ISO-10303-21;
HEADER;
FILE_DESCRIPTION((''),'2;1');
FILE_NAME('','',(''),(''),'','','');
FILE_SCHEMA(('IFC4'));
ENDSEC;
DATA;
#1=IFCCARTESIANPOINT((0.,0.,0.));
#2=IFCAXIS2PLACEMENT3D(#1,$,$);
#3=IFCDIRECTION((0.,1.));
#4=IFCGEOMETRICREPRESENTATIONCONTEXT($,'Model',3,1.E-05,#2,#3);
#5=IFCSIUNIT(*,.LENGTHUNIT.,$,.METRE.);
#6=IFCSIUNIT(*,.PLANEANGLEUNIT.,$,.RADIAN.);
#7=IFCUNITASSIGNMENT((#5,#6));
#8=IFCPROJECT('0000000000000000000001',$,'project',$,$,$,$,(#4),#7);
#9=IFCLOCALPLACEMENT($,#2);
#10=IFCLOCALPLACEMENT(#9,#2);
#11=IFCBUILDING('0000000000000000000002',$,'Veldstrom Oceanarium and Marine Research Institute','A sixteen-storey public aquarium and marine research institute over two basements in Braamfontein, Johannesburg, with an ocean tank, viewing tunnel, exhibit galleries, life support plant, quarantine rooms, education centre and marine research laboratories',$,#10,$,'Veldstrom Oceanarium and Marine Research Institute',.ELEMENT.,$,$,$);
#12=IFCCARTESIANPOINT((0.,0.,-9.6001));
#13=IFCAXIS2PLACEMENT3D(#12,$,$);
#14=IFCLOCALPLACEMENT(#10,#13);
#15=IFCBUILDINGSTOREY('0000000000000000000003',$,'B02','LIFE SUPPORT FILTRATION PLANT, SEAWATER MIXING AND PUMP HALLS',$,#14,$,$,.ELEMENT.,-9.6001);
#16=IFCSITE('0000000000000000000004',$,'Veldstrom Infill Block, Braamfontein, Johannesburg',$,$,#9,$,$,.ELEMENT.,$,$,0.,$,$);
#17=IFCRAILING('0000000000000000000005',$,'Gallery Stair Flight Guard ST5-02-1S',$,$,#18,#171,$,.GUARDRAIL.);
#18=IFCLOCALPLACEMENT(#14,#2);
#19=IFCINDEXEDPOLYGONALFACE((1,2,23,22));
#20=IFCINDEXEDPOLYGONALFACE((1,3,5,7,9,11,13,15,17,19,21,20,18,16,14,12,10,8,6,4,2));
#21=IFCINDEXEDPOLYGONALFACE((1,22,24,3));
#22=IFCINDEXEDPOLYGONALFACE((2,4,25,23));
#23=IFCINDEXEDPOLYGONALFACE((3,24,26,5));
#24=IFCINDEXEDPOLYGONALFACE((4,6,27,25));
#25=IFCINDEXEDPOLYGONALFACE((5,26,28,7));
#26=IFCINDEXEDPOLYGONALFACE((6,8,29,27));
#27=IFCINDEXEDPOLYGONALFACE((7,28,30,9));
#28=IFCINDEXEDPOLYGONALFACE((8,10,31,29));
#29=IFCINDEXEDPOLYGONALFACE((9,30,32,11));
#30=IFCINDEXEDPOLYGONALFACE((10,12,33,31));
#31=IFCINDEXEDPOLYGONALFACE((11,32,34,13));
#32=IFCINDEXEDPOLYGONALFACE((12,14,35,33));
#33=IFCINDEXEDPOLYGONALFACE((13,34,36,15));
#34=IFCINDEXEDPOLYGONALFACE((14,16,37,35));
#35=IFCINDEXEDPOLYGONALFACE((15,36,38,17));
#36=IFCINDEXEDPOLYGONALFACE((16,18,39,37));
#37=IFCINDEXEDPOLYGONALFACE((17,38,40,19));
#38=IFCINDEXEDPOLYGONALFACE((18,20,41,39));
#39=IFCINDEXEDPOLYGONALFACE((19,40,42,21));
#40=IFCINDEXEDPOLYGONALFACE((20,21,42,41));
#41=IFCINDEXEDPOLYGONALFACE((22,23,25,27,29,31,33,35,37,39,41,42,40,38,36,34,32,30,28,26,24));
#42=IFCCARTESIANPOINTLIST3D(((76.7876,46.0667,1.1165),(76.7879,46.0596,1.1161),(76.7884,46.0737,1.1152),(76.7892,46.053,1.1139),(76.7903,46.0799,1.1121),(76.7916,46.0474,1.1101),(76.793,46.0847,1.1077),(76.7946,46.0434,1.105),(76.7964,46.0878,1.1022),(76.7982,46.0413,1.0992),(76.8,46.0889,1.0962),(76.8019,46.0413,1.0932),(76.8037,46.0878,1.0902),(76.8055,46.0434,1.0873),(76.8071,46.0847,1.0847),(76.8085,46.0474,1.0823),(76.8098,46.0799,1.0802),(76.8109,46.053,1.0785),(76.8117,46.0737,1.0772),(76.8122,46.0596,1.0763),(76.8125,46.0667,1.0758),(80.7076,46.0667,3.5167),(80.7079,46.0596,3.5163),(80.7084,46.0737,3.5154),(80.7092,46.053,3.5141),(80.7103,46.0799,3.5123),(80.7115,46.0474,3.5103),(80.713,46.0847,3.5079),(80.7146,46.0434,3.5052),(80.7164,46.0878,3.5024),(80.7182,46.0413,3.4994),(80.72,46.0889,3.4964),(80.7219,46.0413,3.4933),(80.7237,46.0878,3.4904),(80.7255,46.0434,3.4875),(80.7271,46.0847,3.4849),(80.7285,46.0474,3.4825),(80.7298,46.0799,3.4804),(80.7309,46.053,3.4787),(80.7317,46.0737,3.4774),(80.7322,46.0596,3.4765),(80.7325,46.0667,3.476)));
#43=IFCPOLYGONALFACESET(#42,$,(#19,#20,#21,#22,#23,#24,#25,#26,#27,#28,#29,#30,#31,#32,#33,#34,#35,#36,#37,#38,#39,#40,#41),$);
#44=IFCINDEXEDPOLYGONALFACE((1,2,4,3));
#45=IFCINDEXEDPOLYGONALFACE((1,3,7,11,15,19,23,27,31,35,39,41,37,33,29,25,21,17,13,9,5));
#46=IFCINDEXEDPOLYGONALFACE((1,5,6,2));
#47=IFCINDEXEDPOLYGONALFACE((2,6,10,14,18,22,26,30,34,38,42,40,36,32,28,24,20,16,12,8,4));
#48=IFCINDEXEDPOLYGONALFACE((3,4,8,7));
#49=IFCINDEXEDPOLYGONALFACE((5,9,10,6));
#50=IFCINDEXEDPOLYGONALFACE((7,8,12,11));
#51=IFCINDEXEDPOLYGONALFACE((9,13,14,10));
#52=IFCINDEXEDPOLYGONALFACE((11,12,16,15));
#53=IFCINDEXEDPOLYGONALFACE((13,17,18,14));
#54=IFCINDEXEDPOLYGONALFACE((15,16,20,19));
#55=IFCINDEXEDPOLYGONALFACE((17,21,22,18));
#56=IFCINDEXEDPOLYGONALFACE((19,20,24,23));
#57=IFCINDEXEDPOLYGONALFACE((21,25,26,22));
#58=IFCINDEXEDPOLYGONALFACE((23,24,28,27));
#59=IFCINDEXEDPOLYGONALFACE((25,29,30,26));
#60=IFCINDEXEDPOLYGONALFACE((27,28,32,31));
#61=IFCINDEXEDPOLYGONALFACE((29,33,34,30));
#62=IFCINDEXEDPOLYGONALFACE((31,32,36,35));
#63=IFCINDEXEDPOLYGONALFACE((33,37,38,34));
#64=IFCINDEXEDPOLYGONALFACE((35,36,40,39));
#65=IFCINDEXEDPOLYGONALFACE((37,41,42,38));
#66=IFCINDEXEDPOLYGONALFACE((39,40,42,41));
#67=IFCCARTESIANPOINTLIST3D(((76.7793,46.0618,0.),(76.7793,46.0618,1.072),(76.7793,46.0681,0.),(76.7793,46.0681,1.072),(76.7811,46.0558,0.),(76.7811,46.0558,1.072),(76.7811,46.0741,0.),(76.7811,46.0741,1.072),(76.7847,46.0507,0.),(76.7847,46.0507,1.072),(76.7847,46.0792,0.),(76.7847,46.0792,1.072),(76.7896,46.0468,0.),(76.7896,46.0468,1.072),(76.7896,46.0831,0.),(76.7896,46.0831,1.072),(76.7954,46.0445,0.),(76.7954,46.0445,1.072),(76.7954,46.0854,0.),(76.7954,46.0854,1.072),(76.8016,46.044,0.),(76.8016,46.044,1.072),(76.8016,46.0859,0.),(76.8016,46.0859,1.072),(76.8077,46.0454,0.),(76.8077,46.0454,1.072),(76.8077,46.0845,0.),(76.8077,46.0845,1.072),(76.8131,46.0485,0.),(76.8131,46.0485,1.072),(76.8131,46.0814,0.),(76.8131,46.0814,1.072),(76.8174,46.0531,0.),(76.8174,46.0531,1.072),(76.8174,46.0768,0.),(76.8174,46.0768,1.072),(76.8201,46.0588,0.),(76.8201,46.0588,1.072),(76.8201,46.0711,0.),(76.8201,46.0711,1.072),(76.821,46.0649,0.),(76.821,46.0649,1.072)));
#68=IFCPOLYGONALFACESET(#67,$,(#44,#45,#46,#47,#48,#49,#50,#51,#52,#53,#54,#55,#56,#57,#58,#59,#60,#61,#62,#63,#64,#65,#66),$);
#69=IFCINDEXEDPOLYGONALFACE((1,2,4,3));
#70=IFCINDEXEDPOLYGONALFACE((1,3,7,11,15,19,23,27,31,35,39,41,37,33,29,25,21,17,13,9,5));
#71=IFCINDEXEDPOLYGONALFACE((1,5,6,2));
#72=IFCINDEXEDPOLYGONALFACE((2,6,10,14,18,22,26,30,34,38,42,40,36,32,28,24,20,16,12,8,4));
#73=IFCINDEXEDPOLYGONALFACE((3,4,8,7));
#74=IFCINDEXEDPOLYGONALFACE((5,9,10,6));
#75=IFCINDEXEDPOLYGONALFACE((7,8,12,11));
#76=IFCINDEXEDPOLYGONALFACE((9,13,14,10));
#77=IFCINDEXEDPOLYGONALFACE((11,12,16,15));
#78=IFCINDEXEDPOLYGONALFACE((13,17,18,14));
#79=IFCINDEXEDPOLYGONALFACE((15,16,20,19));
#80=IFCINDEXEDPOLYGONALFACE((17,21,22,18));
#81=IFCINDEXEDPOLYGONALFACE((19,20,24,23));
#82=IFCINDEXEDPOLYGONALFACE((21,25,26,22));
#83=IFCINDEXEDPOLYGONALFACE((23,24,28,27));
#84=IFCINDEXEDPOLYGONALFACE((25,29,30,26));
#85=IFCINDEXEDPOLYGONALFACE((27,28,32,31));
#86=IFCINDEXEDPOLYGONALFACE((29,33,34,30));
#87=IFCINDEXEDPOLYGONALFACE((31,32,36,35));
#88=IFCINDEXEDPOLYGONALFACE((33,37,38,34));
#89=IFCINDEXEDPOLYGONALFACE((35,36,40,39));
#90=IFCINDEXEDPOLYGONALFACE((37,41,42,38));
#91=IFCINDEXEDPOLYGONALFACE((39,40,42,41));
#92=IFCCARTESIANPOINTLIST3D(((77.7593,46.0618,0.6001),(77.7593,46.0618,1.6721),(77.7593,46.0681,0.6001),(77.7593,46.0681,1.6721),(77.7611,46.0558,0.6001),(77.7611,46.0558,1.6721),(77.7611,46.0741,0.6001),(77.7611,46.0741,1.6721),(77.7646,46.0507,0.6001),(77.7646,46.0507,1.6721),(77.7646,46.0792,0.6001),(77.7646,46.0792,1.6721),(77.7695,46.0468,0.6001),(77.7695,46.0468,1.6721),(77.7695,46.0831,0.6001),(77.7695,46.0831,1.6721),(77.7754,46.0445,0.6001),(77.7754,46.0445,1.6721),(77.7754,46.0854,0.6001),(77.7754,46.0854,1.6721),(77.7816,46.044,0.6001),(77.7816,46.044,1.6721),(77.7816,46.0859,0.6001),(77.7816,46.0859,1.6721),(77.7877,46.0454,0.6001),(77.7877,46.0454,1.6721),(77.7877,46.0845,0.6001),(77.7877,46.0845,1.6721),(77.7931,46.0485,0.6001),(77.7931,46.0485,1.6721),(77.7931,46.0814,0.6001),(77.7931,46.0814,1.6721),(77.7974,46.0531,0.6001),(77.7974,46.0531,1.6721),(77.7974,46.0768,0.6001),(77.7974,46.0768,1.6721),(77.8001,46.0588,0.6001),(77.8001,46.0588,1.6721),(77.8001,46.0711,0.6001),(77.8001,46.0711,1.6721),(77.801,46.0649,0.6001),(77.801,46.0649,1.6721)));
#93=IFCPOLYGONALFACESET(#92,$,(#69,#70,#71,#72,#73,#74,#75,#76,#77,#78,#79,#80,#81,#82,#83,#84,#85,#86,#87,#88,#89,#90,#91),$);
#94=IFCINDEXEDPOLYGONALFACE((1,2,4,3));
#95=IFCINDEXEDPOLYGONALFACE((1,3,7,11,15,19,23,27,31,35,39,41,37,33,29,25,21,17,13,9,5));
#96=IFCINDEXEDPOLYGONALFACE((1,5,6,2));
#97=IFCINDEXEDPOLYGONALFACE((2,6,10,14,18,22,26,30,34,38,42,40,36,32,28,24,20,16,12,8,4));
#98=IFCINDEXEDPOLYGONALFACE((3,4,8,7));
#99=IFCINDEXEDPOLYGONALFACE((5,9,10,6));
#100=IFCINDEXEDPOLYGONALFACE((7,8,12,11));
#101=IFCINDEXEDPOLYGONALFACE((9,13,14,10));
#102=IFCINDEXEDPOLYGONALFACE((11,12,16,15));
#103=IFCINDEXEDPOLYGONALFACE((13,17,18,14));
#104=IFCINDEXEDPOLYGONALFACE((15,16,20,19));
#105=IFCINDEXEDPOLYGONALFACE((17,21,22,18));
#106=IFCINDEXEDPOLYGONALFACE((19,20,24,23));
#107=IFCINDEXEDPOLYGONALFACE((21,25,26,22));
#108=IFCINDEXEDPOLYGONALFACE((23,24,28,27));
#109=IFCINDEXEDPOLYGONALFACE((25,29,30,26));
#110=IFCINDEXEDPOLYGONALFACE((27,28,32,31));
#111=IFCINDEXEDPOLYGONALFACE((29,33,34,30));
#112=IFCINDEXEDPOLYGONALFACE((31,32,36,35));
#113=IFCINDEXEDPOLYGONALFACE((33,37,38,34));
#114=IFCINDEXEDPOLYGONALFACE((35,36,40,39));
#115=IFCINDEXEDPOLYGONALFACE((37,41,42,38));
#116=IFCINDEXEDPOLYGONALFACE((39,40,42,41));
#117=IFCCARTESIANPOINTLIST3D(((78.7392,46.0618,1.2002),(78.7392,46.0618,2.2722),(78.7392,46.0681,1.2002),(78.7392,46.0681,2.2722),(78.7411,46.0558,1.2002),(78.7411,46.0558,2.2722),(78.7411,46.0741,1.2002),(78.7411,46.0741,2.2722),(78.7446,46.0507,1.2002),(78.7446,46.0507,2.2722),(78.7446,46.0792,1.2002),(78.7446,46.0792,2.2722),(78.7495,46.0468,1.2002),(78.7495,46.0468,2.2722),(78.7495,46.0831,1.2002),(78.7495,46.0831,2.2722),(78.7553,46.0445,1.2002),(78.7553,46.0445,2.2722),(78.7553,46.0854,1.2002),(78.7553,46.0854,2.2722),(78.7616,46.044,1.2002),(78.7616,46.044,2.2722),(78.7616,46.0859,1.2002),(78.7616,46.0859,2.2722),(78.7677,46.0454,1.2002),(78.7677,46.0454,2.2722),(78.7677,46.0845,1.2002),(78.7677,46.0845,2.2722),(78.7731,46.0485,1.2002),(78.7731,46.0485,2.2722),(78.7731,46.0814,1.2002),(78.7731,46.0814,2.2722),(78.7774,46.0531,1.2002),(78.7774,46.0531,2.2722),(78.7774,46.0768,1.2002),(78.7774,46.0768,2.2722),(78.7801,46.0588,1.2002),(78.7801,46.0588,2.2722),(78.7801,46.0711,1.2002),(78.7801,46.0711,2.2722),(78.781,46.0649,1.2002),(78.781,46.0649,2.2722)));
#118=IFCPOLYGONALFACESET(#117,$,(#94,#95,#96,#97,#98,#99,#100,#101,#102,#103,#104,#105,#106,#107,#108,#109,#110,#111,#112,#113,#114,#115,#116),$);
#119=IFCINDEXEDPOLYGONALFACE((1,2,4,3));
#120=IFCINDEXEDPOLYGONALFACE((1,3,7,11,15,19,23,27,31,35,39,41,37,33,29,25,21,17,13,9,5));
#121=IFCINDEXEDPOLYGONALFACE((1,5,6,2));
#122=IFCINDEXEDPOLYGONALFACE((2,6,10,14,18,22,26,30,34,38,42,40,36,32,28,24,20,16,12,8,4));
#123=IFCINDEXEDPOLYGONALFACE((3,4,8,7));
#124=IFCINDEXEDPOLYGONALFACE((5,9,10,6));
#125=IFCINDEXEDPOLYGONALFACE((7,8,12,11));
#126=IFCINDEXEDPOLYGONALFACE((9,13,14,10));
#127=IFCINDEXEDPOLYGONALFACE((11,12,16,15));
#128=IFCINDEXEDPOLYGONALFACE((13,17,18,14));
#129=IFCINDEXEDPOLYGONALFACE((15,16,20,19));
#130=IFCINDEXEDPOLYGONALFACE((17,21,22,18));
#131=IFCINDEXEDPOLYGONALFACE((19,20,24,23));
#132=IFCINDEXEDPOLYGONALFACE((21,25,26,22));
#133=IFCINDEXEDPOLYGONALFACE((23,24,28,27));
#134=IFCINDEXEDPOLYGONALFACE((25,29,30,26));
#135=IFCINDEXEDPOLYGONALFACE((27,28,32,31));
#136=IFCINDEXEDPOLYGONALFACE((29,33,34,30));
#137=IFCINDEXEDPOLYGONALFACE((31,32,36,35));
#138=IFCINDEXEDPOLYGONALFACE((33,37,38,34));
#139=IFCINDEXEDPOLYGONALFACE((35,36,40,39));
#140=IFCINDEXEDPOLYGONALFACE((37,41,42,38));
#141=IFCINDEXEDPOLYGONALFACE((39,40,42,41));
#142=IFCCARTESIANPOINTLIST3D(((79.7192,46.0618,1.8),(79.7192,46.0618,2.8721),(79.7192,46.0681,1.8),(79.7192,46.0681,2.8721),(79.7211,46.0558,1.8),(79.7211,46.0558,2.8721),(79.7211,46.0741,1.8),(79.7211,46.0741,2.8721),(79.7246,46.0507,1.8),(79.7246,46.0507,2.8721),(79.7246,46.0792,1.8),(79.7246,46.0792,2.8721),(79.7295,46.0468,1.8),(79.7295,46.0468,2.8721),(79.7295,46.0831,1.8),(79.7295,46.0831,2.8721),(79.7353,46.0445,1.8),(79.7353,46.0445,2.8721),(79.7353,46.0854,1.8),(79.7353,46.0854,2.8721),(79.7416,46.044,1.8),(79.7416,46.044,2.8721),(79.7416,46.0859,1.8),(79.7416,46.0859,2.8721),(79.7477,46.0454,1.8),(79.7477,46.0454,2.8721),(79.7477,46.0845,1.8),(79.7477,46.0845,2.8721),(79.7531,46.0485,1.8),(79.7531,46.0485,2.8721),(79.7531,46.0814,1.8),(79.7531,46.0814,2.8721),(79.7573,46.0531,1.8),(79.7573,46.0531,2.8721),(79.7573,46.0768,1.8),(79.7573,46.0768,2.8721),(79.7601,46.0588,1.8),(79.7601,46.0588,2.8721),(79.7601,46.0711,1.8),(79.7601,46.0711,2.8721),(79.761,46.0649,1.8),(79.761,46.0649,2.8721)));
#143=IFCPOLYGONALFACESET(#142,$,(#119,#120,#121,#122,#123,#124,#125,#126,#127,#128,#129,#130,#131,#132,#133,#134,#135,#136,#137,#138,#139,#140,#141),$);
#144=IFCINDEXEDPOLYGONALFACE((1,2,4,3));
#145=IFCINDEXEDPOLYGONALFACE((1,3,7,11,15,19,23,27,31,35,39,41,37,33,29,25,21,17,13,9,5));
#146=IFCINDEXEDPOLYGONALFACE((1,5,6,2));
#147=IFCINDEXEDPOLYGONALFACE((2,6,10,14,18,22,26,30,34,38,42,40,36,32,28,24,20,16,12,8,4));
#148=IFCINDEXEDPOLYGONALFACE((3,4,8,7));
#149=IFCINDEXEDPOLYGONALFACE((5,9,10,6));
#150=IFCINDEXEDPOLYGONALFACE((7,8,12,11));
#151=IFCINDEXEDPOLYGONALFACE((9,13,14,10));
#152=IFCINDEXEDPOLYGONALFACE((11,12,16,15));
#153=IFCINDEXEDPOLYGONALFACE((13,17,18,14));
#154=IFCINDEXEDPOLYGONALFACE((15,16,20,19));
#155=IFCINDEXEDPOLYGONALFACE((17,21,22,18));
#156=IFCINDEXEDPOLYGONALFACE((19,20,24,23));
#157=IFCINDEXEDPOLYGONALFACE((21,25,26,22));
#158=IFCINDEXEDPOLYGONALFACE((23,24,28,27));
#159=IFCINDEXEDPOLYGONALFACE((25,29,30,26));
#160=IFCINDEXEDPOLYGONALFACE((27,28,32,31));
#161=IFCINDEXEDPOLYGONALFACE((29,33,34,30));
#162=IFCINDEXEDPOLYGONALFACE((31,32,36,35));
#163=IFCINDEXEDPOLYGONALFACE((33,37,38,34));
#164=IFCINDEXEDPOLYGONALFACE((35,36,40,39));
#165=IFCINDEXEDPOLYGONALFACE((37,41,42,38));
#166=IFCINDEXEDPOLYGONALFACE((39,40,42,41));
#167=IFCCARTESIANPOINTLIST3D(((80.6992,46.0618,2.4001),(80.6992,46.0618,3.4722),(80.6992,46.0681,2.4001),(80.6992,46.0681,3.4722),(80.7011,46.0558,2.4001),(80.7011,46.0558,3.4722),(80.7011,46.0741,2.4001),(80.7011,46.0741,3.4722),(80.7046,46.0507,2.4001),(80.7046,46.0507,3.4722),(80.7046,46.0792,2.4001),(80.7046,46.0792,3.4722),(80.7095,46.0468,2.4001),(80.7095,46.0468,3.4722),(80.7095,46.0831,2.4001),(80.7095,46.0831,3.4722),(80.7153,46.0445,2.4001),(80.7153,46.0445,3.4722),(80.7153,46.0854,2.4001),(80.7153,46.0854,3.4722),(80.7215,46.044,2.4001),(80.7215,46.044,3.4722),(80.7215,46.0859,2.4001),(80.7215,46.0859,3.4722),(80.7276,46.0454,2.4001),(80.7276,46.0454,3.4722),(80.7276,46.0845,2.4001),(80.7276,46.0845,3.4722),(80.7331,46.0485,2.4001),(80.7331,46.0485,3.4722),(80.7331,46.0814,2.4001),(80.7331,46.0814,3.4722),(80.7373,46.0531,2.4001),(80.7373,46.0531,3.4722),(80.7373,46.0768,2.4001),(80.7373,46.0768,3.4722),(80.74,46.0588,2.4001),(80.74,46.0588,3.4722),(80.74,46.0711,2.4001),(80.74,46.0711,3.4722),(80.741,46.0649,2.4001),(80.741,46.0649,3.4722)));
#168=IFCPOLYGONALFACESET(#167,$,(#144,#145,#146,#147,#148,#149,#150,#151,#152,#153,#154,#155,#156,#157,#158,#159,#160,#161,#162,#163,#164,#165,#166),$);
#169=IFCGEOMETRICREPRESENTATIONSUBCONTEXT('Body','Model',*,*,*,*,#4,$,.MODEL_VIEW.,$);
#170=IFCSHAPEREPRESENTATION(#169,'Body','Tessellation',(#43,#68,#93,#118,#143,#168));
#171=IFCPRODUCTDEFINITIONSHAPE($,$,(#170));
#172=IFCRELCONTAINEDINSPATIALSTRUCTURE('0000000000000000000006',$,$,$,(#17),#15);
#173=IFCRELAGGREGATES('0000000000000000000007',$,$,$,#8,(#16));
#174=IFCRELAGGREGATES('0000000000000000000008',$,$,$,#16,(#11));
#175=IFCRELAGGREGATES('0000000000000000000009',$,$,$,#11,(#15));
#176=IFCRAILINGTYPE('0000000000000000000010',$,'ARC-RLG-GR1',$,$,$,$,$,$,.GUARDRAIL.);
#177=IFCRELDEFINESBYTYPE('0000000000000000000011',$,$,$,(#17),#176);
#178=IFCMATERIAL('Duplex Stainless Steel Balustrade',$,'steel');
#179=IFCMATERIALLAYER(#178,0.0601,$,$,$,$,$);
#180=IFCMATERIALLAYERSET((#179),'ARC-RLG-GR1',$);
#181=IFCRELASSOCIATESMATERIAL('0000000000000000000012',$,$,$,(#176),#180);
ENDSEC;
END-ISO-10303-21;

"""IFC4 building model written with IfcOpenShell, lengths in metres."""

from ifc_helpers import new_model, si_unit, direction, frame, origin, origin_2d, place, context, subcontext, project, spatial, circle, extrude, material, layer, layer_set, type_object, element, save


model = new_model("IFC4")

# Units and contexts
model_context = context("Model", 3, precision=1e-05, world=origin(), true_north=direction((0.0, 1.0)))
body_context = subcontext(model_context, "Body", "Model", "MODEL_VIEW")
ifc_project = project(units=[si_unit("LENGTHUNIT", "METRE"), si_unit("PLANEANGLEUNIT", "RADIAN")], contexts=[model_context])

# Site, building, storey
site_placement = place(None, origin())
site = spatial("IfcSite", under=ifc_project, at=site_placement, Name="Veldstrom Infill Block, Braamfontein, Johannesburg", CompositionType="ELEMENT", RefElevation=0.0)
building_placement = place(site_placement, origin())
building = spatial("IfcBuilding", under=site, at=building_placement, Name="Veldstrom Oceanarium and Marine Research Institute", Description="A sixteen-storey public aquarium and marine research institute over two basements in Braamfontein, Johannesburg, with an ocean tank, viewing tunnel, exhibit galleries, life support plant, quarantine rooms, education centre and marine research laboratories", LongName="Veldstrom Oceanarium and Marine Research Institute", CompositionType="ELEMENT")
storey_placement = place(building_placement, frame((0.0, 0.0, -9.6001)))
storey = spatial("IfcBuildingStorey", under=building, at=storey_placement, Name="B02", Description="LIFE SUPPORT FILTRATION PLANT, SEAWATER MIXING AND PUMP HALLS", CompositionType="ELEMENT", Elevation=-9.6001)

# Railing
ifc_material_1 = material(Name="Duplex Stainless Steel Balustrade", Category="steel")
ifc_layer_1 = layer(ifc_material_1, 0.0601)
ifc_layer_set_1 = layer_set([ifc_layer_1], Name="ARC-RLG-GR1")
railing_type = type_object("IfcRailingType", Name="ARC-RLG-GR1", PredefinedType="GUARDRAIL", material=ifc_layer_set_1)
railing_1_placement = place(storey_placement, frame((76.8, 46.0649, 0.0)))
element("IfcRailing", 1, at=railing_1_placement, inside=storey, type_object=railing_type, Name="Gallery Stair Flight Guard ST5-02-1S", PredefinedType="GUARDRAIL", context=body_context, shape_type="SweptSolid", body=[
    extrude(circle(Radius=0.0239, at=origin_2d()), frame((0.0, 0.0, 1.0962), z_axis=(0.852832, 0.0, 0.522185), x_axis=(0.0, 1.0, 0.0)), (0.0, 0.0, 1.0), 4.5964),
    extrude(circle(Radius=0.021, at=origin_2d()), origin(), (0.0, 0.0, 1.0), 1.072),
    extrude(circle(Radius=0.021, at=origin_2d()), frame((0.98, 0.0, 0.6001)), (0.0, 0.0, 1.0), 1.072),
    extrude(circle(Radius=0.021, at=origin_2d()), frame((1.96, 0.0, 1.2002)), (0.0, 0.0, 1.0), 1.072),
    extrude(circle(Radius=0.021, at=origin_2d()), frame((2.9399, 0.0, 1.8)), (0.0, 0.0, 1.0), 1.072),
    extrude(circle(Radius=0.021, at=origin_2d()), frame((3.9199, 0.0, 2.4001)), (0.0, 0.0, 1.0), 1.072),
])

save(model, "model.ifc")
